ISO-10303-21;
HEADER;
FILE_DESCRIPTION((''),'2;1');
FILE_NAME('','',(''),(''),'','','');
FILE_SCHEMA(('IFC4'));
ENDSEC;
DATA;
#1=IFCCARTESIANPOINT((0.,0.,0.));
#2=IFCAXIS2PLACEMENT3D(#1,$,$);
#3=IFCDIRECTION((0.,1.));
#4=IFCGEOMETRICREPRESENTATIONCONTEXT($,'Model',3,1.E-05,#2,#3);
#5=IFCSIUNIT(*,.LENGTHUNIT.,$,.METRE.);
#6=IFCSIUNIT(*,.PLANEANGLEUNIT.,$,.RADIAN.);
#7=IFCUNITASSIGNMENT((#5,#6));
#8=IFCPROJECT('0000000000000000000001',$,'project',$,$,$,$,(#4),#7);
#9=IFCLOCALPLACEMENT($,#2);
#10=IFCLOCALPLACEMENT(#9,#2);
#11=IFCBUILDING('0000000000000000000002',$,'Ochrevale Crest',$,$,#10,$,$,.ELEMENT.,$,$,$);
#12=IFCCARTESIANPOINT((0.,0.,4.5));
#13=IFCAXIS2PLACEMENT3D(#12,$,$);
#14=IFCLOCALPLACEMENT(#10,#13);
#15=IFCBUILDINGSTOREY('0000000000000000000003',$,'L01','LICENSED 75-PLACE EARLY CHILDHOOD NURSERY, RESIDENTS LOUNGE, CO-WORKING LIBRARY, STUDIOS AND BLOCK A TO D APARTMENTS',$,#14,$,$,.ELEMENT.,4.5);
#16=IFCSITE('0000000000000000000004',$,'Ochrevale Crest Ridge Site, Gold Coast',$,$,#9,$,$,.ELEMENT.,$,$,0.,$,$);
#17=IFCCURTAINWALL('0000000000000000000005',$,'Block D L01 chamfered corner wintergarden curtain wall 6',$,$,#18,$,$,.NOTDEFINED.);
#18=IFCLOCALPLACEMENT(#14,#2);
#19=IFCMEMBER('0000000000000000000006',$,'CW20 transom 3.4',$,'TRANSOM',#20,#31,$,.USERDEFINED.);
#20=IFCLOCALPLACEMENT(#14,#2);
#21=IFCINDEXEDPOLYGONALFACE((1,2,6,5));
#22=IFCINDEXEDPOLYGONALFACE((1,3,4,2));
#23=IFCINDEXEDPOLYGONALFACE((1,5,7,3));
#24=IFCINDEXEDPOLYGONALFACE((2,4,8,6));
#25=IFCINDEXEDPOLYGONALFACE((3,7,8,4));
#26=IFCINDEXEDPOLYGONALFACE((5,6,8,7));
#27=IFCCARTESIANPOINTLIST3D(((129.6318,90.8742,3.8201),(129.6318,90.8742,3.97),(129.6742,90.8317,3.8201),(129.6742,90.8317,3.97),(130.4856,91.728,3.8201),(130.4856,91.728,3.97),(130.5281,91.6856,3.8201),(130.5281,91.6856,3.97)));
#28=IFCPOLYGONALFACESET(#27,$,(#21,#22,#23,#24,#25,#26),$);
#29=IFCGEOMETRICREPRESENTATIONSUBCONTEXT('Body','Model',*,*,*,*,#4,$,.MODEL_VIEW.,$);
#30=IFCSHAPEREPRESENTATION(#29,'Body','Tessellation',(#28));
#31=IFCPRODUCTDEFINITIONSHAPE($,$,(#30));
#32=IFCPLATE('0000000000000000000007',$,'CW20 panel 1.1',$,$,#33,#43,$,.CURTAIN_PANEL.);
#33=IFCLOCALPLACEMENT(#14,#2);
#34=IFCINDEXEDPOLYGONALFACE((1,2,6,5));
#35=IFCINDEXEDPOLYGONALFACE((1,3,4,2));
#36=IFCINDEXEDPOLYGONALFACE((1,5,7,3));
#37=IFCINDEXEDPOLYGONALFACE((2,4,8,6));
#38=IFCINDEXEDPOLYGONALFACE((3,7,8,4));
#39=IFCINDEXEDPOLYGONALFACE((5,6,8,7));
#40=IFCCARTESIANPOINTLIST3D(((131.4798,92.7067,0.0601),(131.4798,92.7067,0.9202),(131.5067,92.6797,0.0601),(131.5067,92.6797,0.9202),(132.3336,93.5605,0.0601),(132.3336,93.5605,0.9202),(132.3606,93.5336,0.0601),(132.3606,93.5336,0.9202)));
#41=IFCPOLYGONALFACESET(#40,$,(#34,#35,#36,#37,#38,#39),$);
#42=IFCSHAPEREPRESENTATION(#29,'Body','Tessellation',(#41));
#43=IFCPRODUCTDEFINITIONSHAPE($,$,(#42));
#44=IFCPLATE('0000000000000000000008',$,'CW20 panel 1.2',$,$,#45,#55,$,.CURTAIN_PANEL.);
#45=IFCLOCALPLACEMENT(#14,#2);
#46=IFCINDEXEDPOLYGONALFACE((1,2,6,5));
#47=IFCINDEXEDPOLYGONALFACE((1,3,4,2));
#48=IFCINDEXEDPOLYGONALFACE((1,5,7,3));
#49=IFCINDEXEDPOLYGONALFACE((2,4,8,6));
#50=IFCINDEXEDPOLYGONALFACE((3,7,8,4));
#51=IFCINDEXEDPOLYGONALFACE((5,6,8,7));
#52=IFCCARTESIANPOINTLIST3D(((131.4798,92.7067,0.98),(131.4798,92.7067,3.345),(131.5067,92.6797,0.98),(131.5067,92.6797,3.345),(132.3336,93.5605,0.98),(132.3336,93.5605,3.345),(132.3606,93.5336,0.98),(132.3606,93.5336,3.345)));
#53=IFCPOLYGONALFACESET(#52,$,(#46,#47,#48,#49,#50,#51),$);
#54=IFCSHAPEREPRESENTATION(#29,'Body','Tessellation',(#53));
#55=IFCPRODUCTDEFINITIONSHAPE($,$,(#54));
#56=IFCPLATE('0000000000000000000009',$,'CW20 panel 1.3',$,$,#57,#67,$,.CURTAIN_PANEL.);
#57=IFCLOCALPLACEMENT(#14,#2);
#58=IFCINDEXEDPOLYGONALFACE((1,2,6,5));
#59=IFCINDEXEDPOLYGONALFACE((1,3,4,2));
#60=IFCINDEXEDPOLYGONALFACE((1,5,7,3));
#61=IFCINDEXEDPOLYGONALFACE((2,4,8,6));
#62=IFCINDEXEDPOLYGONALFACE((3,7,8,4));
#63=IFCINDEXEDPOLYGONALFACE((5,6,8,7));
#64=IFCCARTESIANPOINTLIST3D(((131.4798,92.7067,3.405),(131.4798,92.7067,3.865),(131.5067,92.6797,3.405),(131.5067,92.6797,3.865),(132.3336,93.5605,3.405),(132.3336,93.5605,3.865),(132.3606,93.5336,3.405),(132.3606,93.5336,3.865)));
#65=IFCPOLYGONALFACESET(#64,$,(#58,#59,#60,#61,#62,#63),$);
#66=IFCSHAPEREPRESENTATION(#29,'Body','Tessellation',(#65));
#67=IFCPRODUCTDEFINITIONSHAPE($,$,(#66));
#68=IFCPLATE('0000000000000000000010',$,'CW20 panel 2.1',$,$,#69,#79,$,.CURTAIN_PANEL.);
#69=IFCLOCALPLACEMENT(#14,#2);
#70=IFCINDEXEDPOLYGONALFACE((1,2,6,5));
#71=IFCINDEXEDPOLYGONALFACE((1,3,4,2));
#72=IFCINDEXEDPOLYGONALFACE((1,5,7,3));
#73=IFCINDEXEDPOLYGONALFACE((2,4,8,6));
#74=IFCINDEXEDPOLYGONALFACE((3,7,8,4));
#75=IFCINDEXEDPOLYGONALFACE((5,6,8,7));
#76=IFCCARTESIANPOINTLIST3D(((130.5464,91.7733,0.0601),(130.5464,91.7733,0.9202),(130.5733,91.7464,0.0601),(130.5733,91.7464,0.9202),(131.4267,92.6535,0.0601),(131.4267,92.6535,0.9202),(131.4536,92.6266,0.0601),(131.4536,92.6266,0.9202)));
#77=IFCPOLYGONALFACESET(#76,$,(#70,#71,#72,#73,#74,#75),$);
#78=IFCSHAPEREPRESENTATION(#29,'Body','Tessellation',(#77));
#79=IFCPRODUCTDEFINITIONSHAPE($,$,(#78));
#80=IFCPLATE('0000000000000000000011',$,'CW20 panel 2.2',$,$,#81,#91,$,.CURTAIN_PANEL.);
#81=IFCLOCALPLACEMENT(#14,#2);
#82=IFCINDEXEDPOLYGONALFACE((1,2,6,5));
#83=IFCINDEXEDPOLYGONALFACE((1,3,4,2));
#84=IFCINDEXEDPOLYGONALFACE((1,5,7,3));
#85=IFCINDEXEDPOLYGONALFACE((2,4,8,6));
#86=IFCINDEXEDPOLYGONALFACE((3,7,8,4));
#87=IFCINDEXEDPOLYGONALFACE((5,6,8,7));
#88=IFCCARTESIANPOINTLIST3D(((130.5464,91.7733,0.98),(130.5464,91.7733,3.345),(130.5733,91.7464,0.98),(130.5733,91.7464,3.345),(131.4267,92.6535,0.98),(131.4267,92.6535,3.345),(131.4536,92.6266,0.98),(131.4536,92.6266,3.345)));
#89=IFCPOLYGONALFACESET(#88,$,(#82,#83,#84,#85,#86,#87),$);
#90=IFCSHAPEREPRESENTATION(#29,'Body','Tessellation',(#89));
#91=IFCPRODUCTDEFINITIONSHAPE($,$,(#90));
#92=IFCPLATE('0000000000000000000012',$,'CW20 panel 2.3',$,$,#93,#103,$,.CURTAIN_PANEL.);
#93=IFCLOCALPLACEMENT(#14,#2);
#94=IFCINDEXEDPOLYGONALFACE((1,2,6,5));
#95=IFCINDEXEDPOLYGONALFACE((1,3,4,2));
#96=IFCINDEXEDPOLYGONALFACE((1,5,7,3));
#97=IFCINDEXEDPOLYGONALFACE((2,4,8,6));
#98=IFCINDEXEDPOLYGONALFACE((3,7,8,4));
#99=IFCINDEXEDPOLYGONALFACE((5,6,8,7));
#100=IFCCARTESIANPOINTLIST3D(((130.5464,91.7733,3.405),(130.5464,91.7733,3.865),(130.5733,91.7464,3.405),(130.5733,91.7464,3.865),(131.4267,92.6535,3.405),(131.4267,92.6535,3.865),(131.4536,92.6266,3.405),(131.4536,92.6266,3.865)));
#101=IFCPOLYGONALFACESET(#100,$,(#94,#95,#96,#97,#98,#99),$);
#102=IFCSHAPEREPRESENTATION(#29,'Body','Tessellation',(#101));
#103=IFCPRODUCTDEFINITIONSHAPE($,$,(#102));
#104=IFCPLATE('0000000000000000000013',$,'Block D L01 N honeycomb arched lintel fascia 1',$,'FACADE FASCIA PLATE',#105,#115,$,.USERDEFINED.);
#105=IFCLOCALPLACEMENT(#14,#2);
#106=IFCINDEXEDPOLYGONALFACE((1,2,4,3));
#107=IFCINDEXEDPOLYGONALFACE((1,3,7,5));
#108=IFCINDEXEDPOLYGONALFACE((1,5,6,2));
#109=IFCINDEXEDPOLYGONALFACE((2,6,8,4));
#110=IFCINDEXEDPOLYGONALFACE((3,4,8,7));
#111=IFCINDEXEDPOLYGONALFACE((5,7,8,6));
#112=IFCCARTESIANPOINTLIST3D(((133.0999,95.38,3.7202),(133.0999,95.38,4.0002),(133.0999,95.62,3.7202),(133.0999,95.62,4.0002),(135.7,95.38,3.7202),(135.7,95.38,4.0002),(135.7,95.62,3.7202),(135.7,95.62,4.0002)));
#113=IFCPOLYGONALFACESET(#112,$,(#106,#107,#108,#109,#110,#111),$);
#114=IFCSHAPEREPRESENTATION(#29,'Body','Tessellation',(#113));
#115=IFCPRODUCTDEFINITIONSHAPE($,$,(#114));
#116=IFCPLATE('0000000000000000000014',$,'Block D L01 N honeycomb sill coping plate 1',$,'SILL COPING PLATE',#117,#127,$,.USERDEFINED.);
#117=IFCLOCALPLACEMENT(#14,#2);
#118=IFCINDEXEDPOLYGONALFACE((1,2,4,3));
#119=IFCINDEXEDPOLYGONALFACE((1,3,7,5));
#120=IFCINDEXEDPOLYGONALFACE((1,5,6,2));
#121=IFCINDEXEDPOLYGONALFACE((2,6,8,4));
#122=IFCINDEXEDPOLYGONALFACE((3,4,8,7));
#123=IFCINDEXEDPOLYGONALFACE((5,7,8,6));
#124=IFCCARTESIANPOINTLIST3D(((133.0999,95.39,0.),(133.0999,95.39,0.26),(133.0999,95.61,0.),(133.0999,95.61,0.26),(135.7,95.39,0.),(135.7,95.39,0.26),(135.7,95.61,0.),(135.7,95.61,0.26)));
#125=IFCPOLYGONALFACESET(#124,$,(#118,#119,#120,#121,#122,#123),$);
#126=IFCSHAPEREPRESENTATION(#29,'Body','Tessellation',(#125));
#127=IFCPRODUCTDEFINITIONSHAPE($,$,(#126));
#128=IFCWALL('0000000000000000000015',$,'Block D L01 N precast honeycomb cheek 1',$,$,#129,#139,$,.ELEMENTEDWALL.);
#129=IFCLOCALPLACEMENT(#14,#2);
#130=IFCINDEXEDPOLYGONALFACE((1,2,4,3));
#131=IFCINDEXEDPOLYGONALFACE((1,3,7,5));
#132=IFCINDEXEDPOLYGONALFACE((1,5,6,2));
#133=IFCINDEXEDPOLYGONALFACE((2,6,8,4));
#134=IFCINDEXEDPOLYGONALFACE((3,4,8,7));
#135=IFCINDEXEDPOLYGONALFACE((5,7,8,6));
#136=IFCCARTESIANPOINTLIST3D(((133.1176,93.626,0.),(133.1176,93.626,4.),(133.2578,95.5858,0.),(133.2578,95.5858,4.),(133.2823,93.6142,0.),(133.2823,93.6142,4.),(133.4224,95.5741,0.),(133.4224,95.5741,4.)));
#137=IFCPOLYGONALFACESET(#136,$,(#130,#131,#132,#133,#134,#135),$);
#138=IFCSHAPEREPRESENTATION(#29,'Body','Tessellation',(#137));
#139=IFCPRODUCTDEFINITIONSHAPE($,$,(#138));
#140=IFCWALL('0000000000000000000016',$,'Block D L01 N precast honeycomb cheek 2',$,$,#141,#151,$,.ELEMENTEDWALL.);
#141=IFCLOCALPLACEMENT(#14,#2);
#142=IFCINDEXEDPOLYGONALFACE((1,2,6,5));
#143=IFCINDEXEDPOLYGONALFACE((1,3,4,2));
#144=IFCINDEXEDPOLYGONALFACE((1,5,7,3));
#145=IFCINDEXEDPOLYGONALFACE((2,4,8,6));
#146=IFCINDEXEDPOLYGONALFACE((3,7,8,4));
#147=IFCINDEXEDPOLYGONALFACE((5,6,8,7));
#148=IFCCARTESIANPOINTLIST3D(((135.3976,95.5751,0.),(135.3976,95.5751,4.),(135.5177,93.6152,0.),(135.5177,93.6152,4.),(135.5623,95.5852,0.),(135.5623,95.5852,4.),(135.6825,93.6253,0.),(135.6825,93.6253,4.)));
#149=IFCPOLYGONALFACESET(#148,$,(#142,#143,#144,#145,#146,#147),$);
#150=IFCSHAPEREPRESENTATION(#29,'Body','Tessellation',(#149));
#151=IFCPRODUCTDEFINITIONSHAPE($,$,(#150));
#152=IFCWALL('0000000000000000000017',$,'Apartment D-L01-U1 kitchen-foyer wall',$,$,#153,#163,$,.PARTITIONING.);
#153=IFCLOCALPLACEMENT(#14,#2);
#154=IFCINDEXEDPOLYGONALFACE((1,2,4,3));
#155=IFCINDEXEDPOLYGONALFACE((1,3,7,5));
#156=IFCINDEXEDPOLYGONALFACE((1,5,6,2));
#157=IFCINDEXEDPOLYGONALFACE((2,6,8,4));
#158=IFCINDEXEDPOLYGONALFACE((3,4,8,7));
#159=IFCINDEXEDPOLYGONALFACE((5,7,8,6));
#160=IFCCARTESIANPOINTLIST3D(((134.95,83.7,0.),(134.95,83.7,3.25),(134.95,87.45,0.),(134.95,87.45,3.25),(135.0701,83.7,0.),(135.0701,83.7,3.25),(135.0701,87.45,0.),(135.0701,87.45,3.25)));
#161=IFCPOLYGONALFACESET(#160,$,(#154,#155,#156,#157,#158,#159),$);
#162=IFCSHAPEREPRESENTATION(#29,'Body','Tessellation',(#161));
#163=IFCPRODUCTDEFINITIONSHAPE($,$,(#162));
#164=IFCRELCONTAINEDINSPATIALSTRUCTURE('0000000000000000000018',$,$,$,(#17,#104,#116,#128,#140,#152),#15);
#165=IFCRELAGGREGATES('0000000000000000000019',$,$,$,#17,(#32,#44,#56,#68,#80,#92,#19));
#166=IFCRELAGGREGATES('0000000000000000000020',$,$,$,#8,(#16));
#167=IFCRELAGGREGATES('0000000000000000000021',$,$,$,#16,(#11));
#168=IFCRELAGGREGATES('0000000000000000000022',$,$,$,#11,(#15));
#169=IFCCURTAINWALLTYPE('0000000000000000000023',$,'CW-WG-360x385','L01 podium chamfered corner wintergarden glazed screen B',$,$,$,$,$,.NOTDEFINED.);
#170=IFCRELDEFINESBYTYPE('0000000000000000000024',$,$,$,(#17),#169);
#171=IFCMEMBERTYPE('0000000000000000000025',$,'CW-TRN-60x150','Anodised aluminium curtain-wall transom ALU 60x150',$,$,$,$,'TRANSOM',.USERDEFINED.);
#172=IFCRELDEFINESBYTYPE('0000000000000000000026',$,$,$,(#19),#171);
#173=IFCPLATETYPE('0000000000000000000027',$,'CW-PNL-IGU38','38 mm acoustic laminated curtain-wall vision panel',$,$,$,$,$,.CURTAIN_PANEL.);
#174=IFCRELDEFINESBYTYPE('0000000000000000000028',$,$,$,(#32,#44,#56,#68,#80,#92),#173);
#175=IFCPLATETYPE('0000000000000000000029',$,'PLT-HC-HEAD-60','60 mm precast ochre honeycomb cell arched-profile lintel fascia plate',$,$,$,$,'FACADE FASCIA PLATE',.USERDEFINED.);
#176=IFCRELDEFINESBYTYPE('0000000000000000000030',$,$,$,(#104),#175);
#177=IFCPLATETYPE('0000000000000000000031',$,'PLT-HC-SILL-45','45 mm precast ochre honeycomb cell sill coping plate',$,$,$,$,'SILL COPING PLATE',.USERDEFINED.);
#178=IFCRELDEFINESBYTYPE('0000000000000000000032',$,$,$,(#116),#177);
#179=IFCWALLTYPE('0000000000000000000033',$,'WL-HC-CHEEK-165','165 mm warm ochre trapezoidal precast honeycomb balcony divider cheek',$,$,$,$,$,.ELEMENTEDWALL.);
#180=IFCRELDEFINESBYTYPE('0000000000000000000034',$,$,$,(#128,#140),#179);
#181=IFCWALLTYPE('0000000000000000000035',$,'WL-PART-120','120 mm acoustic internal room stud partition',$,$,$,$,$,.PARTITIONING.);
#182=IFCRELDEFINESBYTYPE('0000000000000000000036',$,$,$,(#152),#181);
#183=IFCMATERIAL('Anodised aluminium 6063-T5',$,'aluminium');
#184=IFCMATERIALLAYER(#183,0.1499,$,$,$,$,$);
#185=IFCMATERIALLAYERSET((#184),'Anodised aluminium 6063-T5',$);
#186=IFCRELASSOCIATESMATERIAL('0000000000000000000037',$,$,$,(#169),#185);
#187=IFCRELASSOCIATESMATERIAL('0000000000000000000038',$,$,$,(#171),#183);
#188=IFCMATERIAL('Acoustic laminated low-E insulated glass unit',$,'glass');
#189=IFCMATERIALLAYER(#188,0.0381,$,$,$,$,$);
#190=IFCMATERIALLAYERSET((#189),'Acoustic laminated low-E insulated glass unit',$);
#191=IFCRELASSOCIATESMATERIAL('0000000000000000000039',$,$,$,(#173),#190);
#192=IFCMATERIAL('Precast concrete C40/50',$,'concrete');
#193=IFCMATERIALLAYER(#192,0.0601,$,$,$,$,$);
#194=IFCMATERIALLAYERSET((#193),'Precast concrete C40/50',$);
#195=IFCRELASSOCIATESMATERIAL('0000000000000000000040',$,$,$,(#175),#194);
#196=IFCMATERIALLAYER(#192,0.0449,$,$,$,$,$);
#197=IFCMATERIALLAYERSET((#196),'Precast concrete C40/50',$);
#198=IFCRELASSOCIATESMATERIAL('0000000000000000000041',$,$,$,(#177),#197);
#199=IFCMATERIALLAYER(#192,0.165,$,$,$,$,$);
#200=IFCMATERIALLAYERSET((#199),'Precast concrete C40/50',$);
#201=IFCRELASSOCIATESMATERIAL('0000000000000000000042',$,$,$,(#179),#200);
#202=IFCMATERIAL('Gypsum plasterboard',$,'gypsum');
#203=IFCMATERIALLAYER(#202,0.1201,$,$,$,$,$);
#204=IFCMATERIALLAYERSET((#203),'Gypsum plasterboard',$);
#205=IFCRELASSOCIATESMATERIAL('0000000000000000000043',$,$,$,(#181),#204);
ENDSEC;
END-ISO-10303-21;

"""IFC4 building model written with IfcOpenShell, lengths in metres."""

from ifc_helpers import new_model, si_unit, direction, frame, frame_2d, origin, origin_2d, place, context, subcontext, project, spatial, rectangle, extrude, material, layer, layer_set, material_profile, profile_set, type_object, element, aggregate, save


model = new_model("IFC4")

# Units and contexts
model_context = context("Model", 3, precision=1e-05, world=origin(), true_north=direction((0.0, 1.0)))
body_context = subcontext(model_context, "Body", "Model", "MODEL_VIEW")
ifc_project = project(units=[si_unit("LENGTHUNIT", "METRE"), si_unit("PLANEANGLEUNIT", "RADIAN")], contexts=[model_context])

# Site, building, storey
site_placement = place(None, origin())
site = spatial("IfcSite", under=ifc_project, at=site_placement, Name="Ochrevale Crest Ridge Site, Gold Coast", CompositionType="ELEMENT", RefElevation=0.0)
building_placement = place(site_placement, origin())
building = spatial("IfcBuilding", under=site, at=building_placement, Name="Ochrevale Crest", CompositionType="ELEMENT")
storey_placement = place(building_placement, frame((0.0, 0.0, 4.5)))
storey = spatial("IfcBuildingStorey", under=building, at=storey_placement, Name="L01", Description="LICENSED 75-PLACE EARLY CHILDHOOD NURSERY, RESIDENTS LOUNGE, CO-WORKING LIBRARY, STUDIOS AND BLOCK A TO D APARTMENTS", CompositionType="ELEMENT", Elevation=4.5)

# Curtain wall, member, plates
ifc_material_1 = material(Name="Anodised aluminium 6063-T5", Category="aluminium")
ifc_layer_1 = layer(ifc_material_1, 0.1499)
ifc_layer_set_1 = layer_set([ifc_layer_1], Name="Anodised aluminium 6063-T5")
curtain_wall_type = type_object("IfcCurtainWallType", Name="CW-WG-360x385", Description="L01 podium chamfered corner wintergarden glazed screen B", PredefinedType="NOTDEFINED", material=ifc_layer_set_1)
curtain_wall_placement = place(storey_placement, origin())
curtain_wall = element("IfcCurtainWall", 1, at=curtain_wall_placement, inside=storey, type_object=curtain_wall_type, Name="Block D L01 chamfered corner wintergarden curtain wall 6", PredefinedType="NOTDEFINED")
ifc_material_profile_1 = material_profile(ifc_material_1, rectangle(XDim=0.0601, YDim=0.1499, at=origin_2d()), Name="ALU 60x150")
ifc_profile_set_1 = profile_set([ifc_material_profile_1], Name="Anodised aluminium 6063-T5")
member_type_1 = type_object("IfcMemberType", Name="CW-TRN-60x150", Description="Anodised aluminium curtain-wall transom ALU 60x150", ElementType="TRANSOM", PredefinedType="USERDEFINED", material=ifc_profile_set_1)
member_1_placement = place(storey_placement, frame((130.5068, 91.7068, 3.895), z_axis=(-0.707107, -0.707107, 0.0), x_axis=(0.707107, -0.707107, 0.0)))
member_1 = element("IfcMember", 2, at=member_1_placement, type_object=member_type_1, Name="CW20 transom 3.4", ObjectType="TRANSOM", PredefinedType="USERDEFINED", context=body_context, shape_type="SweptSolid", body=[
    extrude(rectangle(XDim=0.0601, YDim=0.1499, at=origin_2d()), origin(), (0.0, 0.0, 1.0), 1.2075),
])
ifc_material_2 = material(Name="Acoustic laminated low-E insulated glass unit", Category="glass")
ifc_layer_2 = layer(ifc_material_2, 0.0381)
ifc_layer_set_2 = layer_set([ifc_layer_2], Name="Acoustic laminated low-E insulated glass unit")
plate_type_1 = type_object("IfcPlateType", Name="CW-PNL-IGU38", Description="38 mm acoustic laminated curtain-wall vision panel", PredefinedType="CURTAIN_PANEL", material=ifc_layer_set_2)
plate_1_placement = place(storey_placement, frame((131.9202, 93.1201, 0.0601), z_axis=(0.0, 0.0, 1.0), x_axis=(-0.707107, -0.707107, 0.0)))
plate_1 = element("IfcPlate", 3, at=plate_1_placement, type_object=plate_type_1, Name="CW20 panel 1.1", PredefinedType="CURTAIN_PANEL", context=body_context, shape_type="SweptSolid", body=[
    extrude(rectangle(XDim=1.2075, YDim=0.0381, at=origin_2d()), origin(), (0.0, 0.0, 1.0), 0.8601),
])
plate_2_placement = place(storey_placement, frame((131.9202, 93.1201, 0.98), z_axis=(0.0, 0.0, 1.0), x_axis=(-0.707107, -0.707107, 0.0)))
plate_2 = element("IfcPlate", 4, at=plate_2_placement, type_object=plate_type_1, Name="CW20 panel 1.2", PredefinedType="CURTAIN_PANEL", context=body_context, shape_type="SweptSolid", body=[
    extrude(rectangle(XDim=1.2075, YDim=0.0381, at=origin_2d()), origin(), (0.0, 0.0, 1.0), 2.365),
])
plate_3_placement = place(storey_placement, frame((131.9202, 93.1201, 3.405), z_axis=(0.0, 0.0, 1.0), x_axis=(-0.707107, -0.707107, 0.0)))
plate_3 = element("IfcPlate", 5, at=plate_3_placement, type_object=plate_type_1, Name="CW20 panel 1.3", PredefinedType="CURTAIN_PANEL", context=body_context, shape_type="SweptSolid", body=[
    extrude(rectangle(XDim=1.2075, YDim=0.0381, at=origin_2d()), origin(), (0.0, 0.0, 1.0), 0.46),
])
plate_4_placement = place(storey_placement, frame((131.0, 92.2, 0.0601), z_axis=(0.0, 0.0, 1.0), x_axis=(-0.707107, -0.707107, 0.0)))
plate_4 = element("IfcPlate", 6, at=plate_4_placement, type_object=plate_type_1, Name="CW20 panel 2.1", PredefinedType="CURTAIN_PANEL", context=body_context, shape_type="SweptSolid", body=[
    extrude(rectangle(XDim=1.2449, YDim=0.0381, at=origin_2d()), origin(), (0.0, 0.0, 1.0), 0.8601),
])
plate_5_placement = place(storey_placement, frame((131.0, 92.2, 0.98), z_axis=(0.0, 0.0, 1.0), x_axis=(-0.707107, -0.707107, 0.0)))
plate_5 = element("IfcPlate", 7, at=plate_5_placement, type_object=plate_type_1, Name="CW20 panel 2.2", PredefinedType="CURTAIN_PANEL", context=body_context, shape_type="SweptSolid", body=[
    extrude(rectangle(XDim=1.2449, YDim=0.0381, at=origin_2d()), origin(), (0.0, 0.0, 1.0), 2.365),
])
plate_6_placement = place(storey_placement, frame((131.0, 92.2, 3.405), z_axis=(0.0, 0.0, 1.0), x_axis=(-0.707107, -0.707107, 0.0)))
plate_6 = element("IfcPlate", 8, at=plate_6_placement, type_object=plate_type_1, Name="CW20 panel 2.3", PredefinedType="CURTAIN_PANEL", context=body_context, shape_type="SweptSolid", body=[
    extrude(rectangle(XDim=1.2449, YDim=0.0381, at=origin_2d()), origin(), (0.0, 0.0, 1.0), 0.46),
])
aggregate(curtain_wall, [plate_1, plate_2, plate_3, plate_4, plate_5, plate_6, member_1])

# Plates
ifc_material_3 = material(Name="Precast concrete C40/50", Category="concrete")
ifc_layer_3 = layer(ifc_material_3, 0.0601)
ifc_layer_set_3 = layer_set([ifc_layer_3], Name="Precast concrete C40/50")
plate_type_2 = type_object("IfcPlateType", Name="PLT-HC-HEAD-60", Description="60 mm precast ochre honeycomb cell arched-profile lintel fascia plate", ElementType="FACADE FASCIA PLATE", PredefinedType="USERDEFINED", material=ifc_layer_set_3)
plate_7_placement = place(storey_placement, frame((134.3999, 95.5, 3.7202), z_axis=(0.0, 0.0, 1.0), x_axis=(1.0, 0.0, 0.0)))
element("IfcPlate", 9, at=plate_7_placement, inside=storey, type_object=plate_type_2, Name="Block D L01 N honeycomb arched lintel fascia 1", ObjectType="FACADE FASCIA PLATE", PredefinedType="USERDEFINED", context=body_context, shape_type="SweptSolid", body=[
    extrude(rectangle(XDim=2.6001, YDim=0.24, at=origin_2d()), origin(), (0.0, 0.0, 1.0), 0.28),
])
ifc_layer_4 = layer(ifc_material_3, 0.0449)
ifc_layer_set_4 = layer_set([ifc_layer_4], Name="Precast concrete C40/50")
plate_type_3 = type_object("IfcPlateType", Name="PLT-HC-SILL-45", Description="45 mm precast ochre honeycomb cell sill coping plate", ElementType="SILL COPING PLATE", PredefinedType="USERDEFINED", material=ifc_layer_set_4)
plate_8_placement = place(storey_placement, frame((134.3999, 95.5, 0.0), z_axis=(0.0, 0.0, 1.0), x_axis=(1.0, 0.0, 0.0)))
element("IfcPlate", 10, at=plate_8_placement, inside=storey, type_object=plate_type_3, Name="Block D L01 N honeycomb sill coping plate 1", ObjectType="SILL COPING PLATE", PredefinedType="USERDEFINED", context=body_context, shape_type="SweptSolid", body=[
    extrude(rectangle(XDim=2.6001, YDim=0.22, at=origin_2d()), origin(), (0.0, 0.0, 1.0), 0.26),
])

# Walls
ifc_layer_5 = layer(ifc_material_3, 0.165)
ifc_layer_set_5 = layer_set([ifc_layer_5], Name="Precast concrete C40/50")
wall_type_1 = type_object("IfcWallType", Name="WL-HC-CHEEK-165", Description="165 mm warm ochre trapezoidal precast honeycomb balcony divider cheek", PredefinedType="ELEMENTEDWALL", material=ifc_layer_set_5)
wall_1_placement = place(storey_placement, frame((133.2, 93.6201, 0.0), z_axis=(0.0, 0.0, 1.0), x_axis=(0.071318, 0.997454, 0.0)))
element("IfcWall", 11, at=wall_1_placement, inside=storey, type_object=wall_type_1, Name="Block D L01 N precast honeycomb cheek 1", PredefinedType="ELEMENTEDWALL", context=body_context, shape_type="SweptSolid", body=[
    extrude(rectangle(XDim=1.9648, YDim=0.165, at=frame_2d((0.9824, 0.0))), origin(), (0.0, 0.0, 1.0), 4.0),
])
wall_2_placement = place(storey_placement, frame((135.6001, 93.6201, 0.0), z_axis=(0.0, 0.0, 1.0), x_axis=(-0.061171, 0.998127, 0.0)))
element("IfcWall", 12, at=wall_2_placement, inside=storey, type_object=wall_type_1, Name="Block D L01 N precast honeycomb cheek 2", PredefinedType="ELEMENTEDWALL", context=body_context, shape_type="SweptSolid", body=[
    extrude(rectangle(XDim=1.9636, YDim=0.165, at=frame_2d((0.9819, 0.0))), origin(), (0.0, 0.0, 1.0), 4.0),
])
ifc_material_4 = material(Name="Gypsum plasterboard", Category="gypsum")
ifc_layer_6 = layer(ifc_material_4, 0.1201)
ifc_layer_set_6 = layer_set([ifc_layer_6], Name="Gypsum plasterboard")
wall_type_2 = type_object("IfcWallType", Name="WL-PART-120", Description="120 mm acoustic internal room stud partition", PredefinedType="PARTITIONING", material=ifc_layer_set_6)
wall_3_placement = place(storey_placement, frame((135.01, 83.7, 0.0), z_axis=(0.0, 0.0, 1.0), x_axis=(0.0, 1.0, 0.0)))
element("IfcWall", 13, at=wall_3_placement, inside=storey, type_object=wall_type_2, Name="Apartment D-L01-U1 kitchen-foyer wall", PredefinedType="PARTITIONING", context=body_context, shape_type="SweptSolid", body=[
    extrude(rectangle(XDim=3.75, YDim=0.1201, at=frame_2d((1.875, 0.0))), origin(), (0.0, 0.0, 1.0), 3.25),
])

save(model, "model.ifc")
